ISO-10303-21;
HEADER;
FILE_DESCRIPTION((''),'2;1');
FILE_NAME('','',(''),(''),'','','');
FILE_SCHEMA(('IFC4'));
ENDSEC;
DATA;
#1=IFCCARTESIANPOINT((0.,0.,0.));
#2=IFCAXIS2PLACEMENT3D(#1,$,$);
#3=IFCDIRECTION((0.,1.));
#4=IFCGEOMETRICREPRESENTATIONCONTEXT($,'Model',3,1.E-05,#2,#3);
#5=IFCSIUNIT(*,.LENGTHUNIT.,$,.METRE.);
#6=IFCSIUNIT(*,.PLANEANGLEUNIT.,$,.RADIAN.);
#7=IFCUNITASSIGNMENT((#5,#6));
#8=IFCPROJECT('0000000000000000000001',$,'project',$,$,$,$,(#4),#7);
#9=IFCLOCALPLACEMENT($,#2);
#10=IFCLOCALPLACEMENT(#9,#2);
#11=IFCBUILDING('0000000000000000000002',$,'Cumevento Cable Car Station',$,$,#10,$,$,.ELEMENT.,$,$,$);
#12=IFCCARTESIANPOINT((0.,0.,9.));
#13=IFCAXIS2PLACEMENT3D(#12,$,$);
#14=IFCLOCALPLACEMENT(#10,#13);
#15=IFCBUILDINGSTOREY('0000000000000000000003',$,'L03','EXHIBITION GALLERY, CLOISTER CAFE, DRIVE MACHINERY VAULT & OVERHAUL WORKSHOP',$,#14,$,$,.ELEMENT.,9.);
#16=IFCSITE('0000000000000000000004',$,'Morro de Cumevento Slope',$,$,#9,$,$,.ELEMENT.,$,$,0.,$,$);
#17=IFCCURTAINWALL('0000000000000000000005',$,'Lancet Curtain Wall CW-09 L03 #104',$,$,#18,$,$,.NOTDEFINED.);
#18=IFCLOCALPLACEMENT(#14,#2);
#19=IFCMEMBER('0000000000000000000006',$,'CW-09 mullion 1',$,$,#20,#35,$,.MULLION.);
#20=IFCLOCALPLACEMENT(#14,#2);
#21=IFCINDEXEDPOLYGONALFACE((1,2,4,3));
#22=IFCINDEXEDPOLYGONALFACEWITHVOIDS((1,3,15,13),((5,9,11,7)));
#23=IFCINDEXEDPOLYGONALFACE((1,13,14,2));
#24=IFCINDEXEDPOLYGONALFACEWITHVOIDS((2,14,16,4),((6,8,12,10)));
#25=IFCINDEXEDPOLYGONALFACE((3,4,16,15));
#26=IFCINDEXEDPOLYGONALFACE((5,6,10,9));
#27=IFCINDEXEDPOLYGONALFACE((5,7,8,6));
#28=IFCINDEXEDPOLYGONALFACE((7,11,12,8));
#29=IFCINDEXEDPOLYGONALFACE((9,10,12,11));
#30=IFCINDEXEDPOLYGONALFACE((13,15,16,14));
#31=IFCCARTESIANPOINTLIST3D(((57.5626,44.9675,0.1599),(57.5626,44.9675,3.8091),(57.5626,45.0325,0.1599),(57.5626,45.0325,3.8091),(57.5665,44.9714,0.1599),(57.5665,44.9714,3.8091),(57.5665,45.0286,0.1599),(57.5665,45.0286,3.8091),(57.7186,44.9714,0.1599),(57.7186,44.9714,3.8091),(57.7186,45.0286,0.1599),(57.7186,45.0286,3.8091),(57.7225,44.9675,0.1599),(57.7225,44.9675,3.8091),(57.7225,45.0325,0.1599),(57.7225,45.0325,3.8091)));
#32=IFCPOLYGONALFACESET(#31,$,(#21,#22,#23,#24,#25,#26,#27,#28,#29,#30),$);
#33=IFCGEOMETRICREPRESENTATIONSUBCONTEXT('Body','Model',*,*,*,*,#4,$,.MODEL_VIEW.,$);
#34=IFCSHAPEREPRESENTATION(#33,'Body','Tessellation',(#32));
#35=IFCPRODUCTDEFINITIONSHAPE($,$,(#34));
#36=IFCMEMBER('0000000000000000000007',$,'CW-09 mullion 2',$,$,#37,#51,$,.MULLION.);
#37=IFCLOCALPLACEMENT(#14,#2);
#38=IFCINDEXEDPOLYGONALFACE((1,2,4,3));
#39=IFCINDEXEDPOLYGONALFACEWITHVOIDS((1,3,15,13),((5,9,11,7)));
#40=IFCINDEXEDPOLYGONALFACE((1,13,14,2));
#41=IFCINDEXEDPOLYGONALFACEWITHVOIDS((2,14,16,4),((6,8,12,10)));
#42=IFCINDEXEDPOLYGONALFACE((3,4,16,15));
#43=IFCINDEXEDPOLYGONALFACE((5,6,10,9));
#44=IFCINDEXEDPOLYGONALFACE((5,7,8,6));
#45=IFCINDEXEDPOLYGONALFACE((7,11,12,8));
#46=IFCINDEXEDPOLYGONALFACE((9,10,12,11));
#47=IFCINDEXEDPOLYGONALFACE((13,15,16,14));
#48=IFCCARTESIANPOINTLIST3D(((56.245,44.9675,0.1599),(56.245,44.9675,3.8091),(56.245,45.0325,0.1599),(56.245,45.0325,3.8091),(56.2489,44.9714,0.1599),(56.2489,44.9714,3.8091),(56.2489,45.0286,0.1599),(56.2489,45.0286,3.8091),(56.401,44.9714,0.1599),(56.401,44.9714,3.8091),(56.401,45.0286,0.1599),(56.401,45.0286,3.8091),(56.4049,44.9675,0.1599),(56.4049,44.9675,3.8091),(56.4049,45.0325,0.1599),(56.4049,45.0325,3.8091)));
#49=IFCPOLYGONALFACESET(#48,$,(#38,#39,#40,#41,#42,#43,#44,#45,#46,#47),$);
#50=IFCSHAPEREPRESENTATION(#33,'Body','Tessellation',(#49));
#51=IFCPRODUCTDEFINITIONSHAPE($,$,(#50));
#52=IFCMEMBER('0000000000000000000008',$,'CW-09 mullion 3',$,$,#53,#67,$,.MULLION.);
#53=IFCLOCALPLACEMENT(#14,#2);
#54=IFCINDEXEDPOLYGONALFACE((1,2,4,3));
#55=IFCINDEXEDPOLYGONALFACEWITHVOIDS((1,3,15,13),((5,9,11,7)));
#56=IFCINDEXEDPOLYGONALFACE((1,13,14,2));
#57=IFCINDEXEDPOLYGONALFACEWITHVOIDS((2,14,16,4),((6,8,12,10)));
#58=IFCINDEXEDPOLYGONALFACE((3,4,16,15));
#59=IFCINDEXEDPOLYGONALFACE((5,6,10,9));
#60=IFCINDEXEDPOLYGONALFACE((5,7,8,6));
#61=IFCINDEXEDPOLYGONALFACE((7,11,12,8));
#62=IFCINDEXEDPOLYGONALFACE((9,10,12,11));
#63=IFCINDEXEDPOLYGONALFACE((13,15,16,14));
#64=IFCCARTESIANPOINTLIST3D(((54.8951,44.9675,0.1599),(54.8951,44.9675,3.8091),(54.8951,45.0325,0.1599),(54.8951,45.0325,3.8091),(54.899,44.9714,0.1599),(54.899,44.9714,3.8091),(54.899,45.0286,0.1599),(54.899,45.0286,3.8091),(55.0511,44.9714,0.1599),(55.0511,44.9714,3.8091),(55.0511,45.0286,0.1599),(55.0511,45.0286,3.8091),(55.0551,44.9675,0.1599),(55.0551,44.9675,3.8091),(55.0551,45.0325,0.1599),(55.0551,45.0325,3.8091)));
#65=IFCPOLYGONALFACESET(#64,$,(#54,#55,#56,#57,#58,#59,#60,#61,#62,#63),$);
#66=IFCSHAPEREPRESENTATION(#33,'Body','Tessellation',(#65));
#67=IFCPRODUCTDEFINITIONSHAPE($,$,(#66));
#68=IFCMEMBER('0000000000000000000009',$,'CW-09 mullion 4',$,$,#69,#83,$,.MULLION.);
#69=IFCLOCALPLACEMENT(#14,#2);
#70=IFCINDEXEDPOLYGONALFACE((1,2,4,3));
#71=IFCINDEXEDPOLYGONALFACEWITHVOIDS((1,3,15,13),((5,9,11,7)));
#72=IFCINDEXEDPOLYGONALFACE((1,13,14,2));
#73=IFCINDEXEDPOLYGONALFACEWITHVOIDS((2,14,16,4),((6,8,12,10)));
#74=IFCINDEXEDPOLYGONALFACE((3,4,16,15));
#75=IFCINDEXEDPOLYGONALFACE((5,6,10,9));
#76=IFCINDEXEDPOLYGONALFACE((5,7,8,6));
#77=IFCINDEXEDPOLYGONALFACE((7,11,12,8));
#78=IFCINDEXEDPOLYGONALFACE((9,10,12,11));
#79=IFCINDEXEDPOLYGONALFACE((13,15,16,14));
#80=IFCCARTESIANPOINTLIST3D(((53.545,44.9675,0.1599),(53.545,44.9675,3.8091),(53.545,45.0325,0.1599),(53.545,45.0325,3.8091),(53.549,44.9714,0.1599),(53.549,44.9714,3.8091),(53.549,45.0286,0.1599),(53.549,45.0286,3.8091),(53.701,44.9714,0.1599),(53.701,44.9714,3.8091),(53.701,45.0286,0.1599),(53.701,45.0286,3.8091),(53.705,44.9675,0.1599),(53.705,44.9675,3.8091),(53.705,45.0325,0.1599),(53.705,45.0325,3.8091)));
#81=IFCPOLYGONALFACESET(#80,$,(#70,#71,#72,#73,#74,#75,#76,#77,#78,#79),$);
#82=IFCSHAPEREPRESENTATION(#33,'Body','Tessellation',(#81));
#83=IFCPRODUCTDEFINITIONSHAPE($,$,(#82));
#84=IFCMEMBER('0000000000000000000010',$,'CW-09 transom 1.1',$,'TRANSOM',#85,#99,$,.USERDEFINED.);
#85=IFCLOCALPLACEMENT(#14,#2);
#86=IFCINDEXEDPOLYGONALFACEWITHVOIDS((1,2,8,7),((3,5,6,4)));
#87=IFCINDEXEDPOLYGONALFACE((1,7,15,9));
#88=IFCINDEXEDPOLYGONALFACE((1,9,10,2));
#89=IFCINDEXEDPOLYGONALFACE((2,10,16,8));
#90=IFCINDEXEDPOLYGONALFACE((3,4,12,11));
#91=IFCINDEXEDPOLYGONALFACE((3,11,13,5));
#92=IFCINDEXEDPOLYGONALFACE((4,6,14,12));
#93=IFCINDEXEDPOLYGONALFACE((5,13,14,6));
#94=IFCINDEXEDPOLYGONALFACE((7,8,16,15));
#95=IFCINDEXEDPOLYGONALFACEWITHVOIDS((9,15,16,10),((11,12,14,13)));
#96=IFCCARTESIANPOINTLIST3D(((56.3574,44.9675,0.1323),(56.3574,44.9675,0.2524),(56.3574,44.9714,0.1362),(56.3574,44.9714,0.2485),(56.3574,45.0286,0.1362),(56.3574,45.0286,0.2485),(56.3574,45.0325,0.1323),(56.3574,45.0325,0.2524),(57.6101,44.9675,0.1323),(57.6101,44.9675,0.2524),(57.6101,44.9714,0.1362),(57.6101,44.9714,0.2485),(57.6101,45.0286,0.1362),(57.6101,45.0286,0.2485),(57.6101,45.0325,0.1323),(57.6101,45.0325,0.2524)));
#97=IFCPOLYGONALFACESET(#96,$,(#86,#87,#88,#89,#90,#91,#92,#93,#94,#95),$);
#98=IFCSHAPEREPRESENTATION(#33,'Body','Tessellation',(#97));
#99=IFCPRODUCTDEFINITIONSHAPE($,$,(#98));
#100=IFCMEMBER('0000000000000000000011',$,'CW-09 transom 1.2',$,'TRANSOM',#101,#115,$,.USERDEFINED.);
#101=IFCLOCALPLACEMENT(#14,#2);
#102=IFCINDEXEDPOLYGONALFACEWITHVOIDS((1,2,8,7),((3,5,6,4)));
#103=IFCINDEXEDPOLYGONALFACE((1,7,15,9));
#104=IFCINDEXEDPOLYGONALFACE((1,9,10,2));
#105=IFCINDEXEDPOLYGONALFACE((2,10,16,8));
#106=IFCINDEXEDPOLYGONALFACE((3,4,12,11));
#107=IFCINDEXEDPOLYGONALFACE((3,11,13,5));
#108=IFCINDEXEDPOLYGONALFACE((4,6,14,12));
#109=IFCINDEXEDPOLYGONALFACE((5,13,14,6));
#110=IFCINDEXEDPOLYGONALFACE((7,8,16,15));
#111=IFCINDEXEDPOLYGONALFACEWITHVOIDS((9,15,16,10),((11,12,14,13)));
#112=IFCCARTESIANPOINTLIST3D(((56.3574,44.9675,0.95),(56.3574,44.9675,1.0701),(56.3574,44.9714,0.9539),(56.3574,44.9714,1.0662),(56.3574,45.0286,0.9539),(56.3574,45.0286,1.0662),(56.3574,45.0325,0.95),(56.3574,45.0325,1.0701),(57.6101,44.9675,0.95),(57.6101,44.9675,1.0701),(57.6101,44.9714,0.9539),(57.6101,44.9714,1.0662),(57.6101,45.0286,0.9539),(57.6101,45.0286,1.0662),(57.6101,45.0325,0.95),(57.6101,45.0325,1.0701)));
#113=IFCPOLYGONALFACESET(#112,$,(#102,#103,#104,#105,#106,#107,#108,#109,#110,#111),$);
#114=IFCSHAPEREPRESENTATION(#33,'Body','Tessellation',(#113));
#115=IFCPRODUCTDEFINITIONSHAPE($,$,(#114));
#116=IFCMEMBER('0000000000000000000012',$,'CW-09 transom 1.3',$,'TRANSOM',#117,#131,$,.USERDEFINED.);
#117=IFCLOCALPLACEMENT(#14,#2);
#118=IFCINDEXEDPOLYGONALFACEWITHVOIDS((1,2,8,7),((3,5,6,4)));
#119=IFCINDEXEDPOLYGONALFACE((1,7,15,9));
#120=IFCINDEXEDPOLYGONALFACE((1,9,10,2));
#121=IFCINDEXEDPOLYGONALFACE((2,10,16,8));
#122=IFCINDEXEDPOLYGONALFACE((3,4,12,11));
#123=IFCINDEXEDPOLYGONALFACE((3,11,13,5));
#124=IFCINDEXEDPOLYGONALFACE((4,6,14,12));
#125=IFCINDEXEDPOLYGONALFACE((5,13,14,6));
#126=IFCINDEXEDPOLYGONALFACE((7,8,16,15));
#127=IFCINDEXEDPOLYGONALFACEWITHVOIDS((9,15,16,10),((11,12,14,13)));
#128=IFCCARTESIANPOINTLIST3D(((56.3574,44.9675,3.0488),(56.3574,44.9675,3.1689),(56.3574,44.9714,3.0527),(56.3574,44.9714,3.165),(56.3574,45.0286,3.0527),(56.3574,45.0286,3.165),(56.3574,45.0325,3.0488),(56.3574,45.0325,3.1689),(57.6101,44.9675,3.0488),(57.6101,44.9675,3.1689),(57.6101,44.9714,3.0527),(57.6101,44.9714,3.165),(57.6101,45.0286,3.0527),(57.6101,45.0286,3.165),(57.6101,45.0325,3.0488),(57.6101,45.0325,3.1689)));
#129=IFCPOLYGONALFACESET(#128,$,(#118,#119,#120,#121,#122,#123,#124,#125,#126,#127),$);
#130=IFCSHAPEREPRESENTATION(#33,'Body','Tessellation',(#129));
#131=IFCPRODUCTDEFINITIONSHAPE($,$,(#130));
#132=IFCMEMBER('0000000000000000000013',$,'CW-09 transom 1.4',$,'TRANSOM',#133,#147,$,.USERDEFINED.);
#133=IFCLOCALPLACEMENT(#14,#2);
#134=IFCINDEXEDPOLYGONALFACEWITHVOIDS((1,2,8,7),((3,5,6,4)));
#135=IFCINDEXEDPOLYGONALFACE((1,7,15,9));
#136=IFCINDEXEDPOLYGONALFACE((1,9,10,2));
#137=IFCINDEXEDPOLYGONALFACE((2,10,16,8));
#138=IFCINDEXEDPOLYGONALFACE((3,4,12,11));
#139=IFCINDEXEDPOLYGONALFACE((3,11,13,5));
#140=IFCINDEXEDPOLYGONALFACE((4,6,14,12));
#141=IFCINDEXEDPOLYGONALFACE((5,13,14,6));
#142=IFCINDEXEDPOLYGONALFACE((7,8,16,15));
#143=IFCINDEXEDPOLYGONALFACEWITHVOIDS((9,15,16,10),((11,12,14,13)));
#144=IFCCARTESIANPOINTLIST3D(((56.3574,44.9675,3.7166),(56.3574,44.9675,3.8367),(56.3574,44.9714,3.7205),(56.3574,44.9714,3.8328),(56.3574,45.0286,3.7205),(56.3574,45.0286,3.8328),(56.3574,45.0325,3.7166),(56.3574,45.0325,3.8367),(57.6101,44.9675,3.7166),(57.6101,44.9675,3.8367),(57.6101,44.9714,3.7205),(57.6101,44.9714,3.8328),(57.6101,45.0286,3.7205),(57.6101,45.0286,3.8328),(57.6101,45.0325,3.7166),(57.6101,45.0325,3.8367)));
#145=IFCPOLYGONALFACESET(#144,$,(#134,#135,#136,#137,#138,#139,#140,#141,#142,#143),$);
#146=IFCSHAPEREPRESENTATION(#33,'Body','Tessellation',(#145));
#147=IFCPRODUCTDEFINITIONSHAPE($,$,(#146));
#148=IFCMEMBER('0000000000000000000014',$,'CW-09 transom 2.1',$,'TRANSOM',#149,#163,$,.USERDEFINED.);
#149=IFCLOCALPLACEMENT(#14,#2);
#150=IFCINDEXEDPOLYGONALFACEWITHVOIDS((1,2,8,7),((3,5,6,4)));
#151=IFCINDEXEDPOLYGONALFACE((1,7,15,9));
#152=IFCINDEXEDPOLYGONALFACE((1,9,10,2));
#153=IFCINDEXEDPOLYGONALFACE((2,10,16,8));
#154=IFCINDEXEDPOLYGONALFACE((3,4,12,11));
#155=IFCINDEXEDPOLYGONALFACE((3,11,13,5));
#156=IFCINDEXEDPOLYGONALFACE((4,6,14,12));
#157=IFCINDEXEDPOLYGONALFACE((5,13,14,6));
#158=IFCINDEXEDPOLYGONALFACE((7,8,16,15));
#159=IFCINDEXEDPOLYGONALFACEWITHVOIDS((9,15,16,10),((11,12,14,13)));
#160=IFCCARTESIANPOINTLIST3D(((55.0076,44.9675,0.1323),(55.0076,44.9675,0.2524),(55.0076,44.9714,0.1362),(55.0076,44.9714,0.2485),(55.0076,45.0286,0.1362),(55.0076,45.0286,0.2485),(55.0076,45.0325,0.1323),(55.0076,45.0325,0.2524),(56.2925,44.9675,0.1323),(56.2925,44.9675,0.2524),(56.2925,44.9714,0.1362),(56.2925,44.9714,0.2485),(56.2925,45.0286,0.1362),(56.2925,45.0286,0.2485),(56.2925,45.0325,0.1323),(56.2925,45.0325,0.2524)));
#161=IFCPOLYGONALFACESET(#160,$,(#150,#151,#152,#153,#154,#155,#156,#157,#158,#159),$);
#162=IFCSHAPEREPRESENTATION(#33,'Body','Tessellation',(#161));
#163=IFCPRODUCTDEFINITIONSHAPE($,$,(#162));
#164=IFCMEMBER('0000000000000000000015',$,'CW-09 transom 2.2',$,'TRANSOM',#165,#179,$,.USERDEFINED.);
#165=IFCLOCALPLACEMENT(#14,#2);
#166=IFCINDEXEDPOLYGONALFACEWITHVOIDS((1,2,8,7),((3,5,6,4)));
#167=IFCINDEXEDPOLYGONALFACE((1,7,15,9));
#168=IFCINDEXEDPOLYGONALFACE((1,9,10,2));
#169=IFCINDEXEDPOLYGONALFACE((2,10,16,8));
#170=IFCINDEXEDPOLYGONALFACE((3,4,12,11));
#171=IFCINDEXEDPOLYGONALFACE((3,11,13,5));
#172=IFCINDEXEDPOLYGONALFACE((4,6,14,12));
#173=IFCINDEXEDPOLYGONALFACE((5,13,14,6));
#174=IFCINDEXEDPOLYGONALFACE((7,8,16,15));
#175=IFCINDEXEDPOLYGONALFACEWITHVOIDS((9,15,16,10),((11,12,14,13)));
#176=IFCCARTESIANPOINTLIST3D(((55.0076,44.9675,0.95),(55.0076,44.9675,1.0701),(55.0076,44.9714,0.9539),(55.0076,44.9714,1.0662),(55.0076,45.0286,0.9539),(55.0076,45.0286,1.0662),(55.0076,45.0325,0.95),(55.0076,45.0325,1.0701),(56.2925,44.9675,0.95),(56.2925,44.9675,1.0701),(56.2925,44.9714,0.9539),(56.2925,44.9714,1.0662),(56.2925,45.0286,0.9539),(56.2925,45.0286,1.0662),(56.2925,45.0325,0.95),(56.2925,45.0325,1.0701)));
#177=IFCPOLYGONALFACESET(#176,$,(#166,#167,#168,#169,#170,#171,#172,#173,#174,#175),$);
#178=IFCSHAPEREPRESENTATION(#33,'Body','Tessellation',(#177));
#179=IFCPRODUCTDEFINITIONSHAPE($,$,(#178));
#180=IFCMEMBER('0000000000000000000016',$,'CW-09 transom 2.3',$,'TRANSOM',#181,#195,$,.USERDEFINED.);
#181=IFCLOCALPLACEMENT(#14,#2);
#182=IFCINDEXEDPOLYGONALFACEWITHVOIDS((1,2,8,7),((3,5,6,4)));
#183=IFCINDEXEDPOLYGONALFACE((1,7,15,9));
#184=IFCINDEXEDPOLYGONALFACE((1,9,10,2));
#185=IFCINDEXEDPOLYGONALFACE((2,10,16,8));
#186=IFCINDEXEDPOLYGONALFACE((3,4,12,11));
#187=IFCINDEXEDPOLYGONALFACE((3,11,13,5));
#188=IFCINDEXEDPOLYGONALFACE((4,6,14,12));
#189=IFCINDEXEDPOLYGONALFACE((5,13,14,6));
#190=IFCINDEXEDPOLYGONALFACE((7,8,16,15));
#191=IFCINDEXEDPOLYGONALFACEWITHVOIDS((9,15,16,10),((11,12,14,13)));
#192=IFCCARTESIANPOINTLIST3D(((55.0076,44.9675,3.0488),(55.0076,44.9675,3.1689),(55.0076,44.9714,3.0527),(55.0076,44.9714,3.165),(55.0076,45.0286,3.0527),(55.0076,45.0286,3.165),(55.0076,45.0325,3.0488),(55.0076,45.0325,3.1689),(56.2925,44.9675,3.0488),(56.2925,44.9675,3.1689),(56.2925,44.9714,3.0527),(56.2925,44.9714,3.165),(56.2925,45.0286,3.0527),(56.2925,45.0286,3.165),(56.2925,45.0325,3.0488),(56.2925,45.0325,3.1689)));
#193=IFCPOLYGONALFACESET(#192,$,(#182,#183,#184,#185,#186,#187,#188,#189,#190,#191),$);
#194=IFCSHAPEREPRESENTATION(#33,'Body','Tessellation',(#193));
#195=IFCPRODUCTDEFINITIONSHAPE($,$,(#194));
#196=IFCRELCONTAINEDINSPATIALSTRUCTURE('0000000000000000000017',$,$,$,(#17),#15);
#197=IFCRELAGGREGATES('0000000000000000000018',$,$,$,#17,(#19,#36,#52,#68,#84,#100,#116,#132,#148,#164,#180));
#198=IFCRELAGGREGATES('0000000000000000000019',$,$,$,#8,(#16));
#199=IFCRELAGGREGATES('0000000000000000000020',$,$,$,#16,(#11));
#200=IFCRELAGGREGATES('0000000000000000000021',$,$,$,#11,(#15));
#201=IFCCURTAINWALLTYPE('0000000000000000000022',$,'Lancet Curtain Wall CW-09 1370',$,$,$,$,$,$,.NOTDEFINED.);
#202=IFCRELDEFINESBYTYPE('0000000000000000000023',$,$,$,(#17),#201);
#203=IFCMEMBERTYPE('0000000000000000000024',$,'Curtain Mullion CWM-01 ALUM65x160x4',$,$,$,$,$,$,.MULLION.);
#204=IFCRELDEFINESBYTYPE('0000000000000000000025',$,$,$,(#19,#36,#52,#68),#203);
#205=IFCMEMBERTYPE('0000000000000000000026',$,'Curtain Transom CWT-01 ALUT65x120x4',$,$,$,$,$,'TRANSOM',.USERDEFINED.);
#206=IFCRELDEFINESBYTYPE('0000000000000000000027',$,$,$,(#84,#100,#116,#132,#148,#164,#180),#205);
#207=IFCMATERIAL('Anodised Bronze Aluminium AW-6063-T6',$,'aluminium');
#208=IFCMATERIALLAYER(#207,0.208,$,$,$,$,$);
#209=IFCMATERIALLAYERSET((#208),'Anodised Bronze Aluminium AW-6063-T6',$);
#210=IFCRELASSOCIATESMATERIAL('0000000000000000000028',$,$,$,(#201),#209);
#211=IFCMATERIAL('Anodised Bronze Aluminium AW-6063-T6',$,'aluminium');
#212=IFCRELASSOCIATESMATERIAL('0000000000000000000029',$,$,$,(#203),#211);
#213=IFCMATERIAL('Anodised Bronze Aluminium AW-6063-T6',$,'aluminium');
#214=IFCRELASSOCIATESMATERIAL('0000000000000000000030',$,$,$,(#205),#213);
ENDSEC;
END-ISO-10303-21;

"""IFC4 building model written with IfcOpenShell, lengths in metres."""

from ifc_helpers import new_model, si_unit, direction, frame, origin, origin_2d, place, context, subcontext, project, spatial, hollow_rectangle, extrude, material, layer, layer_set, material_profile, profile_set, type_object, element, aggregate, save


model = new_model("IFC4")

# Units and contexts
model_context = context("Model", 3, precision=1e-05, world=origin(), true_north=direction((0.0, 1.0)))
body_context = subcontext(model_context, "Body", "Model", "MODEL_VIEW")
ifc_project = project(units=[si_unit("LENGTHUNIT", "METRE"), si_unit("PLANEANGLEUNIT", "RADIAN")], contexts=[model_context])

# Site, building, storey
site_placement = place(None, origin())
site = spatial("IfcSite", under=ifc_project, at=site_placement, Name="Morro de Cumevento Slope", CompositionType="ELEMENT", RefElevation=0.0)
building_placement = place(site_placement, origin())
building = spatial("IfcBuilding", under=site, at=building_placement, Name="Cumevento Cable Car Station", CompositionType="ELEMENT")
storey_placement = place(building_placement, frame((0.0, 0.0, 9.0)))
storey = spatial("IfcBuildingStorey", under=building, at=storey_placement, Name="L03", Description="EXHIBITION GALLERY, CLOISTER CAFE, DRIVE MACHINERY VAULT & OVERHAUL WORKSHOP", CompositionType="ELEMENT", Elevation=9.0)

# Curtain wall, members
ifc_material_1 = material(Name="Anodised Bronze Aluminium AW-6063-T6", Category="aluminium")
ifc_layer_1 = layer(ifc_material_1, 0.208)
ifc_layer_set_1 = layer_set([ifc_layer_1], Name="Anodised Bronze Aluminium AW-6063-T6")
curtain_wall_type = type_object("IfcCurtainWallType", Name="Lancet Curtain Wall CW-09 1370", PredefinedType="NOTDEFINED", material=ifc_layer_set_1)
curtain_wall_placement = place(storey_placement, origin())
curtain_wall = element("IfcCurtainWall", 1, at=curtain_wall_placement, inside=storey, type_object=curtain_wall_type, Name="Lancet Curtain Wall CW-09 L03 #104", PredefinedType="NOTDEFINED")
ifc_material_2 = material(Name="Anodised Bronze Aluminium AW-6063-T6", Category="aluminium")
ifc_material_profile_1 = material_profile(ifc_material_2, hollow_rectangle(XDim=0.0649, YDim=0.1599, WallThickness=0.0039, at=origin_2d()), Name="ALUM65x160x4")
ifc_profile_set_1 = profile_set([ifc_material_profile_1], Name="Anodised Bronze Aluminium AW-6063-T6")
member_type_1 = type_object("IfcMemberType", Name="Curtain Mullion CWM-01 ALUM65x160x4", PredefinedType="MULLION", material=ifc_profile_set_1)
member_1_placement = place(storey_placement, frame((57.6426, 45.0, 0.1599), z_axis=(0.0, 0.0, 1.0), x_axis=(0.0, -1.0, 0.0)))
member_1 = element("IfcMember", 2, at=member_1_placement, type_object=member_type_1, Name="CW-09 mullion 1", PredefinedType="MULLION", context=body_context, shape_type="SweptSolid", body=[
    extrude(hollow_rectangle(XDim=0.0649, YDim=0.1599, WallThickness=0.0039, at=origin_2d()), origin(), (0.0, 0.0, 1.0), 3.6492),
])
member_2_placement = place(storey_placement, frame((56.325, 45.0, 0.1599), z_axis=(0.0, 0.0, 1.0), x_axis=(0.0, -1.0, 0.0)))
member_2 = element("IfcMember", 3, at=member_2_placement, type_object=member_type_1, Name="CW-09 mullion 2", PredefinedType="MULLION", context=body_context, shape_type="SweptSolid", body=[
    extrude(hollow_rectangle(XDim=0.0649, YDim=0.1599, WallThickness=0.0039, at=origin_2d()), origin(), (0.0, 0.0, 1.0), 3.6492),
])
member_3_placement = place(storey_placement, frame((54.9751, 45.0, 0.1599), z_axis=(0.0, 0.0, 1.0), x_axis=(0.0, -1.0, 0.0)))
member_3 = element("IfcMember", 4, at=member_3_placement, type_object=member_type_1, Name="CW-09 mullion 3", PredefinedType="MULLION", context=body_context, shape_type="SweptSolid", body=[
    extrude(hollow_rectangle(XDim=0.0649, YDim=0.1599, WallThickness=0.0039, at=origin_2d()), origin(), (0.0, 0.0, 1.0), 3.6492),
])
member_4_placement = place(storey_placement, frame((53.625, 45.0, 0.1599), z_axis=(0.0, 0.0, 1.0), x_axis=(0.0, -1.0, 0.0)))
member_4 = element("IfcMember", 5, at=member_4_placement, type_object=member_type_1, Name="CW-09 mullion 4", PredefinedType="MULLION", context=body_context, shape_type="SweptSolid", body=[
    extrude(hollow_rectangle(XDim=0.0649, YDim=0.1599, WallThickness=0.0039, at=origin_2d()), origin(), (0.0, 0.0, 1.0), 3.6492),
])
ifc_material_3 = material(Name="Anodised Bronze Aluminium AW-6063-T6", Category="aluminium")
ifc_material_profile_2 = material_profile(ifc_material_3, hollow_rectangle(XDim=0.0649, YDim=0.1201, WallThickness=0.0039, at=origin_2d()), Name="ALUT65x120x4")
ifc_profile_set_2 = profile_set([ifc_material_profile_2], Name="Anodised Bronze Aluminium AW-6063-T6")
member_type_2 = type_object("IfcMemberType", Name="Curtain Transom CWT-01 ALUT65x120x4", ElementType="TRANSOM", PredefinedType="USERDEFINED", material=ifc_profile_set_2)
member_5_placement = place(storey_placement, frame((57.6101, 45.0, 0.1924), z_axis=(-1.0, 0.0, 0.0), x_axis=(0.0, -1.0, 0.0)))
member_5 = element("IfcMember", 6, at=member_5_placement, type_object=member_type_2, Name="CW-09 transom 1.1", ObjectType="TRANSOM", PredefinedType="USERDEFINED", context=body_context, shape_type="SweptSolid", body=[
    extrude(hollow_rectangle(XDim=0.0649, YDim=0.1201, WallThickness=0.0039, at=origin_2d()), origin(), (0.0, 0.0, 1.0), 1.2527),
])
member_6_placement = place(storey_placement, frame((57.6101, 45.0, 1.01), z_axis=(-1.0, 0.0, 0.0), x_axis=(0.0, -1.0, 0.0)))
member_6 = element("IfcMember", 7, at=member_6_placement, type_object=member_type_2, Name="CW-09 transom 1.2", ObjectType="TRANSOM", PredefinedType="USERDEFINED", context=body_context, shape_type="SweptSolid", body=[
    extrude(hollow_rectangle(XDim=0.0649, YDim=0.1201, WallThickness=0.0039, at=origin_2d()), origin(), (0.0, 0.0, 1.0), 1.2527),
])
member_7_placement = place(storey_placement, frame((57.6101, 45.0, 3.1089), z_axis=(-1.0, 0.0, 0.0), x_axis=(0.0, -1.0, 0.0)))
member_7 = element("IfcMember", 8, at=member_7_placement, type_object=member_type_2, Name="CW-09 transom 1.3", ObjectType="TRANSOM", PredefinedType="USERDEFINED", context=body_context, shape_type="SweptSolid", body=[
    extrude(hollow_rectangle(XDim=0.0649, YDim=0.1201, WallThickness=0.0039, at=origin_2d()), origin(), (0.0, 0.0, 1.0), 1.2527),
])
member_8_placement = place(storey_placement, frame((57.6101, 45.0, 3.7766), z_axis=(-1.0, 0.0, 0.0), x_axis=(0.0, -1.0, 0.0)))
member_8 = element("IfcMember", 9, at=member_8_placement, type_object=member_type_2, Name="CW-09 transom 1.4", ObjectType="TRANSOM", PredefinedType="USERDEFINED", context=body_context, shape_type="SweptSolid", body=[
    extrude(hollow_rectangle(XDim=0.0649, YDim=0.1201, WallThickness=0.0039, at=origin_2d()), origin(), (0.0, 0.0, 1.0), 1.2527),
])
member_9_placement = place(storey_placement, frame((56.2925, 45.0, 0.1924), z_axis=(-1.0, 0.0, 0.0), x_axis=(0.0, -1.0, 0.0)))
member_9 = element("IfcMember", 10, at=member_9_placement, type_object=member_type_2, Name="CW-09 transom 2.1", ObjectType="TRANSOM", PredefinedType="USERDEFINED", context=body_context, shape_type="SweptSolid", body=[
    extrude(hollow_rectangle(XDim=0.0649, YDim=0.1201, WallThickness=0.0039, at=origin_2d()), origin(), (0.0, 0.0, 1.0), 1.2849),
])
member_10_placement = place(storey_placement, frame((56.2925, 45.0, 1.01), z_axis=(-1.0, 0.0, 0.0), x_axis=(0.0, -1.0, 0.0)))
member_10 = element("IfcMember", 11, at=member_10_placement, type_object=member_type_2, Name="CW-09 transom 2.2", ObjectType="TRANSOM", PredefinedType="USERDEFINED", context=body_context, shape_type="SweptSolid", body=[
    extrude(hollow_rectangle(XDim=0.0649, YDim=0.1201, WallThickness=0.0039, at=origin_2d()), origin(), (0.0, 0.0, 1.0), 1.2849),
])
member_11_placement = place(storey_placement, frame((56.2925, 45.0, 3.1089), z_axis=(-1.0, 0.0, 0.0), x_axis=(0.0, -1.0, 0.0)))
member_11 = element("IfcMember", 12, at=member_11_placement, type_object=member_type_2, Name="CW-09 transom 2.3", ObjectType="TRANSOM", PredefinedType="USERDEFINED", context=body_context, shape_type="SweptSolid", body=[
    extrude(hollow_rectangle(XDim=0.0649, YDim=0.1201, WallThickness=0.0039, at=origin_2d()), origin(), (0.0, 0.0, 1.0), 1.2849),
])

aggregate(curtain_wall, [member_1, member_2, member_3, member_4, member_5, member_6, member_7, member_8, member_9, member_10, member_11])

save(model, "model.ifc")
